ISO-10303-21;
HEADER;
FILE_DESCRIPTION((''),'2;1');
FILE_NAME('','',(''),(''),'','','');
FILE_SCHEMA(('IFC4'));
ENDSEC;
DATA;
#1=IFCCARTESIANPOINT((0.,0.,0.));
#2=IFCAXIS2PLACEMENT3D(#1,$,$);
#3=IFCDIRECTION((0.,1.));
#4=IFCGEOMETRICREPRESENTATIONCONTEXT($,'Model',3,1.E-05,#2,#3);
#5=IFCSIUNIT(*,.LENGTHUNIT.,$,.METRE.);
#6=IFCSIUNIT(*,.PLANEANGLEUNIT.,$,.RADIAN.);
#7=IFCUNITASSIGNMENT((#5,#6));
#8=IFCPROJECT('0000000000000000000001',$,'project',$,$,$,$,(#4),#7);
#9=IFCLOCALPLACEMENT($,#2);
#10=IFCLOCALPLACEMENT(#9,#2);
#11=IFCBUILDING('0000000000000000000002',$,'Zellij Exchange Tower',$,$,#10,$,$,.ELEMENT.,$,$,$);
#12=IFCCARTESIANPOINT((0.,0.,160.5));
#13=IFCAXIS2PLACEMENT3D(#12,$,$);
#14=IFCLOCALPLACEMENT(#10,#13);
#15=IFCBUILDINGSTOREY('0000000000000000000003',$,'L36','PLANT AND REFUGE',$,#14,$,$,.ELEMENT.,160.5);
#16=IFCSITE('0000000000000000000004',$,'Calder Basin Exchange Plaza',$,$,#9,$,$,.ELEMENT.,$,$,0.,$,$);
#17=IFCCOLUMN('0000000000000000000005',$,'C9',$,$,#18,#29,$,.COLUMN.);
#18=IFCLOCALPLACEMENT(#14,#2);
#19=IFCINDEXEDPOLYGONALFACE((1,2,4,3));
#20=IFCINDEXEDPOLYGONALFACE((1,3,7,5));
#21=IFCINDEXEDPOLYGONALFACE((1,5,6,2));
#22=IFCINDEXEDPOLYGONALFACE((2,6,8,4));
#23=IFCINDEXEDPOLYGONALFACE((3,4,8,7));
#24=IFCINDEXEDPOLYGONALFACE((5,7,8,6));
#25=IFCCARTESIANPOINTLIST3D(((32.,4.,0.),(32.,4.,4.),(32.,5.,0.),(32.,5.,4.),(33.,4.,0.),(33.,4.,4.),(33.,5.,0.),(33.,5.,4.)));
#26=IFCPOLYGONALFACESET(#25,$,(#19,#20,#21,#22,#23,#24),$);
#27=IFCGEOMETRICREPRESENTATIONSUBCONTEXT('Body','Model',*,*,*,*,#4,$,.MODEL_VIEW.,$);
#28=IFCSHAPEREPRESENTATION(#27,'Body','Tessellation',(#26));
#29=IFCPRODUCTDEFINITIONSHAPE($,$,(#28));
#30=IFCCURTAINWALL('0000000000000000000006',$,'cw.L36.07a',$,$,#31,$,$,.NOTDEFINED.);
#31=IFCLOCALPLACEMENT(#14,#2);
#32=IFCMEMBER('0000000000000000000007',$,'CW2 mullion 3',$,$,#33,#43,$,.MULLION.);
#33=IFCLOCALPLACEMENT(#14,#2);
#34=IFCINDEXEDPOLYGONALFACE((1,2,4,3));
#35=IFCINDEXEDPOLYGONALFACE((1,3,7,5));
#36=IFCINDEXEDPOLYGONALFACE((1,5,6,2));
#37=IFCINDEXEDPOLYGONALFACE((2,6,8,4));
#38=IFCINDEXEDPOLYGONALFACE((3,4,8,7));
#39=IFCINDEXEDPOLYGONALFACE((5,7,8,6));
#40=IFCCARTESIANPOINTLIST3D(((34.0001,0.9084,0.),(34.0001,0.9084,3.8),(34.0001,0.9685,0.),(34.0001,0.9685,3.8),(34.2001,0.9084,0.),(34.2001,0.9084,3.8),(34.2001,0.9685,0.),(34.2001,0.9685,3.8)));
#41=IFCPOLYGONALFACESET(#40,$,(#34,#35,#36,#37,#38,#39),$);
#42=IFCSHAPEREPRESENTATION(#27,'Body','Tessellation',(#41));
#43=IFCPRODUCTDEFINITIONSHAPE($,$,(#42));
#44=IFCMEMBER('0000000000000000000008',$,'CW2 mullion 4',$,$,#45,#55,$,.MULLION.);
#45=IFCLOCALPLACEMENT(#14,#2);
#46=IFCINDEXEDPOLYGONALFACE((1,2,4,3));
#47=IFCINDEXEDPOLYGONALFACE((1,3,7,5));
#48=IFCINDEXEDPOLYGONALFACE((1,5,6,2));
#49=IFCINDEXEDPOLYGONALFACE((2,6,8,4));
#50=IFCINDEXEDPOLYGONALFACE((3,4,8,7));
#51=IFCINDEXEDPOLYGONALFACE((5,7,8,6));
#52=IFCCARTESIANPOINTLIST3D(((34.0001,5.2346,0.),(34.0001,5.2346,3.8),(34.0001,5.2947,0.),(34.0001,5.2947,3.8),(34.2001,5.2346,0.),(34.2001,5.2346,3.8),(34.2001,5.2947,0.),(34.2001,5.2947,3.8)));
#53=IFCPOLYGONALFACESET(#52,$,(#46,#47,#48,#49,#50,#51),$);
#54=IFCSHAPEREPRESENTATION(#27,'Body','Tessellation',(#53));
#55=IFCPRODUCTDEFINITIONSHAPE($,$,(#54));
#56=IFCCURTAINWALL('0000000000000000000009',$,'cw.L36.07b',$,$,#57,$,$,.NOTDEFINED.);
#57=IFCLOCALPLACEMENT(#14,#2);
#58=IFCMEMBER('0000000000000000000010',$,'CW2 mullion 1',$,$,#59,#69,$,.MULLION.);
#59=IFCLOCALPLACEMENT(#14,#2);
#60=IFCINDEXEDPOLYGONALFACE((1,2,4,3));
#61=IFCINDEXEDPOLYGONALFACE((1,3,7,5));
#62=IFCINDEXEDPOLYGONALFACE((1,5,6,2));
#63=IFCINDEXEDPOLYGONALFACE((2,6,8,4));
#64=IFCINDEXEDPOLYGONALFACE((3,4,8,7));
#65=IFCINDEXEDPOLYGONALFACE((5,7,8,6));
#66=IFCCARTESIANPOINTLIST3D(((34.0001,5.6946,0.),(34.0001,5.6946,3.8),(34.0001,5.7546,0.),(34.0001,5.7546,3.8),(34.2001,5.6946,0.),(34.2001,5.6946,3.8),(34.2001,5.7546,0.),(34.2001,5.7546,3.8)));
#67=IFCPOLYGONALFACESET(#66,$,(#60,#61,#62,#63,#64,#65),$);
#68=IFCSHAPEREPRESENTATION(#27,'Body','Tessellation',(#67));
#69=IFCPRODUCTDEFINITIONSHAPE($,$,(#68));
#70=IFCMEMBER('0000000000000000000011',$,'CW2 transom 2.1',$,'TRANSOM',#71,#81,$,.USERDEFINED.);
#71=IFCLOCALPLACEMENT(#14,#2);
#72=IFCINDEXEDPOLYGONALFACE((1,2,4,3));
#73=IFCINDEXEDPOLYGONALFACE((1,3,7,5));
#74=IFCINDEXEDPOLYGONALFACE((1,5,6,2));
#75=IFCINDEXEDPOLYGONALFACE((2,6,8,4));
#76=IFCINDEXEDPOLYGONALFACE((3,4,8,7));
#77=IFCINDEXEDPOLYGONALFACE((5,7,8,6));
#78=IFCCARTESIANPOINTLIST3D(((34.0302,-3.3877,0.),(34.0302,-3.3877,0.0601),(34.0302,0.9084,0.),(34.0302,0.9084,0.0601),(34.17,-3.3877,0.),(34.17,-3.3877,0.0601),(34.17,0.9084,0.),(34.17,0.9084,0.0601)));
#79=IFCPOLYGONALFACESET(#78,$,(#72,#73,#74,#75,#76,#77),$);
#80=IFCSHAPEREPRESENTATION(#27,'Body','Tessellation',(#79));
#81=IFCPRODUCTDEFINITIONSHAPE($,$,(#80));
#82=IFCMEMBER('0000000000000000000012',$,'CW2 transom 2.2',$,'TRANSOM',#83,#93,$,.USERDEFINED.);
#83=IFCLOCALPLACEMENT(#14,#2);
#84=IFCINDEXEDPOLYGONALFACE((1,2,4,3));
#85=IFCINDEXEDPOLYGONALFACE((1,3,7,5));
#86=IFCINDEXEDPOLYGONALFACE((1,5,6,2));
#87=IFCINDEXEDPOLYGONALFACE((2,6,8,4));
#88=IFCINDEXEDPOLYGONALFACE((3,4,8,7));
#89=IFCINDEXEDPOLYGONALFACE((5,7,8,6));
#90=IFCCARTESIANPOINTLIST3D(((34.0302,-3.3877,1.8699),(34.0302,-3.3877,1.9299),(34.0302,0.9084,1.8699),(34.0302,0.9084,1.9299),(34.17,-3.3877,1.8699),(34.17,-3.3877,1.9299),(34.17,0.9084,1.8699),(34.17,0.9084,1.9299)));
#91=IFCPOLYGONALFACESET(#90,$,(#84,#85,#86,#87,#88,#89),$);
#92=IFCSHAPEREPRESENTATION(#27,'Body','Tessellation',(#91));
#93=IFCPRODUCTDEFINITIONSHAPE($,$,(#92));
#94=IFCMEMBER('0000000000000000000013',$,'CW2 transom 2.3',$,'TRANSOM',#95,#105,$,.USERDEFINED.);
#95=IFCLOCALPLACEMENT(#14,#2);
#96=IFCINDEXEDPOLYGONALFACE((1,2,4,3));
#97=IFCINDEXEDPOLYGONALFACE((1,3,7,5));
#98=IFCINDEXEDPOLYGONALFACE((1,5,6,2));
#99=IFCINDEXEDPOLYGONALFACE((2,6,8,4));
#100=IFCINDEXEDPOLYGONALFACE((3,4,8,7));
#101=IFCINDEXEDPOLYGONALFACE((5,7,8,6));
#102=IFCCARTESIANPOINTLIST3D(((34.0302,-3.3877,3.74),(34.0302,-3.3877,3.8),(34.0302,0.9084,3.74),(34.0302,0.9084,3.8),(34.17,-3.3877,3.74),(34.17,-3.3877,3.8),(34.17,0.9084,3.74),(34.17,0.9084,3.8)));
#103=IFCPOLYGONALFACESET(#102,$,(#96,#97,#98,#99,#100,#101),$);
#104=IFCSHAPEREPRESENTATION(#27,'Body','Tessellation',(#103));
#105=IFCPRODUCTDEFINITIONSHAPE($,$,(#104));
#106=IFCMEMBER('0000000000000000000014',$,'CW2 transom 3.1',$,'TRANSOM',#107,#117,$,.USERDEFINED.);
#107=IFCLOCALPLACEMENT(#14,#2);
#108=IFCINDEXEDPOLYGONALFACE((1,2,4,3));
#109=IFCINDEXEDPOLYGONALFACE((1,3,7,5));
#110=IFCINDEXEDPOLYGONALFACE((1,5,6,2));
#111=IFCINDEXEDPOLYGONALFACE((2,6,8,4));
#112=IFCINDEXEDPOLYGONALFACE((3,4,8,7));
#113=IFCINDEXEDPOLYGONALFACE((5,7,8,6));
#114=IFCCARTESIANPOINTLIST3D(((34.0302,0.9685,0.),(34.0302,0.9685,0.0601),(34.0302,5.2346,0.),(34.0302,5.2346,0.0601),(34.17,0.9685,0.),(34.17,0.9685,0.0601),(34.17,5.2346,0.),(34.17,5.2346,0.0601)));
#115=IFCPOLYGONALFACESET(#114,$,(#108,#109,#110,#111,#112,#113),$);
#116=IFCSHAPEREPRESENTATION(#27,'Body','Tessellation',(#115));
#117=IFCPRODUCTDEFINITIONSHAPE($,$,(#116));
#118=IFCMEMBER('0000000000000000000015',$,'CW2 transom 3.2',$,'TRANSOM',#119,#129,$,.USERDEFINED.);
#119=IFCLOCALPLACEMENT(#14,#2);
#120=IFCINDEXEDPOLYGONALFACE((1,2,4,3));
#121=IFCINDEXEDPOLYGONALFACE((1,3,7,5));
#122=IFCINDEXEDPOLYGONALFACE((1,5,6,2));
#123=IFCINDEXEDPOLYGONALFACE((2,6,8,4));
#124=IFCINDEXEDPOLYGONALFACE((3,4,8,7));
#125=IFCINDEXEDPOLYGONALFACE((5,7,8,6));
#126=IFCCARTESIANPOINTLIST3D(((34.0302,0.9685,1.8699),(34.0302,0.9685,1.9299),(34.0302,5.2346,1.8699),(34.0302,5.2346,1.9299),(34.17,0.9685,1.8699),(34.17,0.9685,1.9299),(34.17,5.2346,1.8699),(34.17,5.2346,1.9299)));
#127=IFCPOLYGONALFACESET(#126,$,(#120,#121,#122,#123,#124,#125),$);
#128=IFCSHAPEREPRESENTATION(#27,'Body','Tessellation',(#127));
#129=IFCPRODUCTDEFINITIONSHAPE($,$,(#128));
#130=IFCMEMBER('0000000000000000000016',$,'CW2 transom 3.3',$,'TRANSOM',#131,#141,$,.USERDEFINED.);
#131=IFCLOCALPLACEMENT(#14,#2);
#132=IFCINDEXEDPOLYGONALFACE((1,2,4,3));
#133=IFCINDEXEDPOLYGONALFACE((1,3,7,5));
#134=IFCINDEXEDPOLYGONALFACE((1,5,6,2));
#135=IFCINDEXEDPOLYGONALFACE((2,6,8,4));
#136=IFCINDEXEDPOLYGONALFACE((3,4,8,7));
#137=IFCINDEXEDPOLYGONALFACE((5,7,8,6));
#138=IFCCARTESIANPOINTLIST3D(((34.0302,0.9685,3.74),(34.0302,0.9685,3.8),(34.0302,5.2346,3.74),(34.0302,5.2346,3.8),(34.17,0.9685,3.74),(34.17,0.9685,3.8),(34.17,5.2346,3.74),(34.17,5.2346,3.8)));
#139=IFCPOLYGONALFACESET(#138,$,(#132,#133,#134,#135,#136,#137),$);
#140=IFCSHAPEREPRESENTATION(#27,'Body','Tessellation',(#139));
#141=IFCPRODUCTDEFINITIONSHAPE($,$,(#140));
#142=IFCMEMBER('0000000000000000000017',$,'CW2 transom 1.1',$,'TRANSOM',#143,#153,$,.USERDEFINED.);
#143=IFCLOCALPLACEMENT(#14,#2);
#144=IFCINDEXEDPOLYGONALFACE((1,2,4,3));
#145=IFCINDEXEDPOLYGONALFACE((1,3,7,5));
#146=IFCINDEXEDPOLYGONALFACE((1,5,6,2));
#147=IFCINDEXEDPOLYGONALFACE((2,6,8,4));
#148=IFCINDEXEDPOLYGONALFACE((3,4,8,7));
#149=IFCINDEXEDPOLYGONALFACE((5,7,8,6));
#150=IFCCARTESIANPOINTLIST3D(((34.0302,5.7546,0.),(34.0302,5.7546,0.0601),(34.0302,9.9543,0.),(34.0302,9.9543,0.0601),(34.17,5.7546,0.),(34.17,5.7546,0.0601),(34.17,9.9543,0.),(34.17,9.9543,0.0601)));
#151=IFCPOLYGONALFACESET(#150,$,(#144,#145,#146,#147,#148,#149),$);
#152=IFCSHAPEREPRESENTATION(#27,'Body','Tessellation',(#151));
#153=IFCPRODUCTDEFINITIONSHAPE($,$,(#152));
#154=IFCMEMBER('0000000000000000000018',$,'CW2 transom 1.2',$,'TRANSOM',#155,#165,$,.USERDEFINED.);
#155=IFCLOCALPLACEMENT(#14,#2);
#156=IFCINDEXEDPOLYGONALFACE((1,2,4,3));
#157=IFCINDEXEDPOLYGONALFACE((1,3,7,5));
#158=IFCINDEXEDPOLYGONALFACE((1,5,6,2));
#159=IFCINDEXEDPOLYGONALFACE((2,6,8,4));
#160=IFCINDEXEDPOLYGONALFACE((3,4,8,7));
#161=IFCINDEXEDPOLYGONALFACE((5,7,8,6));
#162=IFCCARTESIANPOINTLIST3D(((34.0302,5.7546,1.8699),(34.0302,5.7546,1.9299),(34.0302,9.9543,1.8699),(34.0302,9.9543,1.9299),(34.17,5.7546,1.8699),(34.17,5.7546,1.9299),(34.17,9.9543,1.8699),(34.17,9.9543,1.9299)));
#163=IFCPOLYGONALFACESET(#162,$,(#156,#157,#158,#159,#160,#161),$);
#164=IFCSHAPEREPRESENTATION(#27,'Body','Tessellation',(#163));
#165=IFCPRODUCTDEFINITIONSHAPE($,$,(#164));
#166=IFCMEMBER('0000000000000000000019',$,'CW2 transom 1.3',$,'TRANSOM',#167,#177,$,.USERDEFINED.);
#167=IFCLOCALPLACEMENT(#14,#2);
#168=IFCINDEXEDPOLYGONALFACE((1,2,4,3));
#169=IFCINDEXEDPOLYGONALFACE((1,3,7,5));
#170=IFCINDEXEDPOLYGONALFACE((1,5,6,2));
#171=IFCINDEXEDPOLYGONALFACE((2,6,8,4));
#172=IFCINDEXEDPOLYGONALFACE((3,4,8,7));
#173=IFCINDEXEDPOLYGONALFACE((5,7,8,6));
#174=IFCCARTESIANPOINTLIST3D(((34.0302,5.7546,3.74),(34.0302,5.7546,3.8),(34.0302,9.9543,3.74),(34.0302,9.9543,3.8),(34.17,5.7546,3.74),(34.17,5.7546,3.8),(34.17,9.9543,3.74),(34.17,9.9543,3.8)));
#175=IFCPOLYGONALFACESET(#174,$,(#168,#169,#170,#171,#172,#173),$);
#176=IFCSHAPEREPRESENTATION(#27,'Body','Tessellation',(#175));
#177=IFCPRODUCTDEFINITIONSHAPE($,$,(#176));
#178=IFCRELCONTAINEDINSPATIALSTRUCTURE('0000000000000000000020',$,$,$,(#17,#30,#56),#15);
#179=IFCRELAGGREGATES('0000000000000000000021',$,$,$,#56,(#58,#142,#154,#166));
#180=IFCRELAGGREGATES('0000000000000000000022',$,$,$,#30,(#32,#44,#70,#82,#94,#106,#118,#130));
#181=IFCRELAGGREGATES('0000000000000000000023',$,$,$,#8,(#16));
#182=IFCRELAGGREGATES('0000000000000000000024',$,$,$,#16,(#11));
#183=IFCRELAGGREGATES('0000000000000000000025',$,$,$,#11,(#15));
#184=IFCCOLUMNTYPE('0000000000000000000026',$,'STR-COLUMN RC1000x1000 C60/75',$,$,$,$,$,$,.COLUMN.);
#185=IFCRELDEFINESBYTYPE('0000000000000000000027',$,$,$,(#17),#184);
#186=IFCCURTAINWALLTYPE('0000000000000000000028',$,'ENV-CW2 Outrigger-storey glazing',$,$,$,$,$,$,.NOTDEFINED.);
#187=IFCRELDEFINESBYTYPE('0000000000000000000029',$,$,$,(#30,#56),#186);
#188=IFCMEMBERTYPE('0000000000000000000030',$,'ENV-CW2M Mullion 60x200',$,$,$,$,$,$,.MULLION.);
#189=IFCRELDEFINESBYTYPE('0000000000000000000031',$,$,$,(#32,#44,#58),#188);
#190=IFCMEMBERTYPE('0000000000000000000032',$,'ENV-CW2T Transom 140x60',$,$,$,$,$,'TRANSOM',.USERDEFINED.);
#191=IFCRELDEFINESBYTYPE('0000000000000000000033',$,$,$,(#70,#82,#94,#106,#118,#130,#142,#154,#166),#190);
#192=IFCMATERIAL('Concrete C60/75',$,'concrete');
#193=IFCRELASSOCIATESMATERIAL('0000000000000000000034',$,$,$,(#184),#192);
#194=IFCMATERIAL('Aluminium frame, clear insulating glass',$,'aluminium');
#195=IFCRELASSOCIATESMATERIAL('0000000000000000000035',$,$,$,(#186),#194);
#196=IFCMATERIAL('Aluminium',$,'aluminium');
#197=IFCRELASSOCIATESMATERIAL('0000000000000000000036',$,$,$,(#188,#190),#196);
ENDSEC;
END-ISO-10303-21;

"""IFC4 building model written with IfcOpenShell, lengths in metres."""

from ifc_helpers import new_model, si_unit, direction, frame, origin, origin_2d, place, context, subcontext, project, spatial, rectangle, extrude, material, material_profile, profile_set, type_object, element, aggregate, save


model = new_model("IFC4")

# Units and contexts
model_context = context("Model", 3, precision=1e-05, world=origin(), true_north=direction((0.0, 1.0)))
body_context = subcontext(model_context, "Body", "Model", "MODEL_VIEW")
ifc_project = project(units=[si_unit("LENGTHUNIT", "METRE"), si_unit("PLANEANGLEUNIT", "RADIAN")], contexts=[model_context])

# Site, building, storey
site_placement = place(None, origin())
site = spatial("IfcSite", under=ifc_project, at=site_placement, Name="Calder Basin Exchange Plaza", CompositionType="ELEMENT", RefElevation=0.0)
building_placement = place(site_placement, origin())
building = spatial("IfcBuilding", under=site, at=building_placement, Name="Zellij Exchange Tower", CompositionType="ELEMENT")
storey_placement = place(building_placement, frame((0.0, 0.0, 160.5)))
storey = spatial("IfcBuildingStorey", under=building, at=storey_placement, Name="L36", Description="PLANT AND REFUGE", CompositionType="ELEMENT", Elevation=160.5)

# Column
ifc_material_1 = material(Name="Concrete C60/75", Category="concrete")
ifc_material_profile_1 = material_profile(ifc_material_1, rectangle(XDim=1.0, YDim=1.0, at=origin_2d()), Name="STR-COLUMN RC1000x1000 C60/75")
ifc_profile_set_1 = profile_set([ifc_material_profile_1], Name="Concrete C60/75")
column_type = type_object("IfcColumnType", Name="STR-COLUMN RC1000x1000 C60/75", PredefinedType="COLUMN", material=ifc_profile_set_1)
column_placement = place(storey_placement, frame((32.5, 4.5, 0.0), z_axis=(0.0, 0.0, 1.0), x_axis=(1.0, 0.0, 0.0)))
element("IfcColumn", 1, at=column_placement, inside=storey, type_object=column_type, Name="C9", PredefinedType="COLUMN", context=body_context, shape_type="SweptSolid", body=[
    extrude(rectangle(XDim=1.0, YDim=1.0, at=origin_2d()), origin(), (0.0, 0.0, 1.0), 4.0),
])

# Curtain wall, members
ifc_material_2 = material(Name="Aluminium frame, clear insulating glass", Category="aluminium")
curtain_wall_type = type_object("IfcCurtainWallType", Name="ENV-CW2 Outrigger-storey glazing", PredefinedType="NOTDEFINED", material=ifc_material_2)
curtain_wall_1_placement = place(storey_placement, origin())
curtain_wall_1 = element("IfcCurtainWall", 2, at=curtain_wall_1_placement, inside=storey, type_object=curtain_wall_type, Name="cw.L36.07a", PredefinedType="NOTDEFINED")
ifc_material_3 = material(Name="Aluminium", Category="aluminium")
ifc_material_profile_2 = material_profile(ifc_material_3, rectangle(XDim=0.0601, YDim=0.2, at=origin_2d()), Name="AL 60x200")
ifc_profile_set_2 = profile_set([ifc_material_profile_2], Name="Aluminium")
member_type_1 = type_object("IfcMemberType", Name="ENV-CW2M Mullion 60x200", PredefinedType="MULLION", material=ifc_profile_set_2)
member_1_placement = place(storey_placement, frame((34.1001, 0.9385, 0.0), z_axis=(0.0, 0.0, 1.0), x_axis=(0.0, 1.0, 0.0)))
member_1 = element("IfcMember", 3, at=member_1_placement, type_object=member_type_1, Name="CW2 mullion 3", PredefinedType="MULLION", context=body_context, shape_type="SweptSolid", body=[
    extrude(rectangle(XDim=0.0601, YDim=0.2, at=origin_2d()), origin(), (0.0, 0.0, 1.0), 3.8),
])
member_2_placement = place(storey_placement, frame((34.1001, 5.2646, 0.0), z_axis=(0.0, 0.0, 1.0), x_axis=(0.0, 1.0, 0.0)))
member_2 = element("IfcMember", 4, at=member_2_placement, type_object=member_type_1, Name="CW2 mullion 4", PredefinedType="MULLION", context=body_context, shape_type="SweptSolid", body=[
    extrude(rectangle(XDim=0.0601, YDim=0.2, at=origin_2d()), origin(), (0.0, 0.0, 1.0), 3.8),
])

# Curtain wall, member
curtain_wall_2_placement = place(storey_placement, origin())
curtain_wall_2 = element("IfcCurtainWall", 5, at=curtain_wall_2_placement, inside=storey, type_object=curtain_wall_type, Name="cw.L36.07b", PredefinedType="NOTDEFINED")
member_3_placement = place(storey_placement, frame((34.1001, 5.7246, 0.0), z_axis=(0.0, 0.0, 1.0), x_axis=(0.0, 1.0, 0.0)))
member_3 = element("IfcMember", 6, at=member_3_placement, type_object=member_type_1, Name="CW2 mullion 1", PredefinedType="MULLION", context=body_context, shape_type="SweptSolid", body=[
    extrude(rectangle(XDim=0.0601, YDim=0.2, at=origin_2d()), origin(), (0.0, 0.0, 1.0), 3.8),
])

# Members
ifc_material_profile_3 = material_profile(ifc_material_3, rectangle(XDim=0.1399, YDim=0.0601, at=origin_2d()), Name="AL 140x60")
ifc_profile_set_3 = profile_set([ifc_material_profile_3], Name="Aluminium")
member_type_2 = type_object("IfcMemberType", Name="ENV-CW2T Transom 140x60", ElementType="TRANSOM", PredefinedType="USERDEFINED", material=ifc_profile_set_3)
member_4_placement = place(storey_placement, frame((34.1001, -3.3877, 0.03), z_axis=(0.0, 1.0, 0.0), x_axis=(-1.0, 0.0, 0.0)))
member_4 = element("IfcMember", 7, at=member_4_placement, type_object=member_type_2, Name="CW2 transom 2.1", ObjectType="TRANSOM", PredefinedType="USERDEFINED", context=body_context, shape_type="SweptSolid", body=[
    extrude(rectangle(XDim=0.1399, YDim=0.0601, at=origin_2d()), origin(), (0.0, 0.0, 1.0), 4.2961),
])
member_5_placement = place(storey_placement, frame((34.1001, -3.3877, 1.8999), z_axis=(0.0, 1.0, 0.0), x_axis=(-1.0, 0.0, 0.0)))
member_5 = element("IfcMember", 8, at=member_5_placement, type_object=member_type_2, Name="CW2 transom 2.2", ObjectType="TRANSOM", PredefinedType="USERDEFINED", context=body_context, shape_type="SweptSolid", body=[
    extrude(rectangle(XDim=0.1399, YDim=0.0601, at=origin_2d()), origin(), (0.0, 0.0, 1.0), 4.2961),
])
member_6_placement = place(storey_placement, frame((34.1001, -3.3877, 3.77), z_axis=(0.0, 1.0, 0.0), x_axis=(-1.0, 0.0, 0.0)))
member_6 = element("IfcMember", 9, at=member_6_placement, type_object=member_type_2, Name="CW2 transom 2.3", ObjectType="TRANSOM", PredefinedType="USERDEFINED", context=body_context, shape_type="SweptSolid", body=[
    extrude(rectangle(XDim=0.1399, YDim=0.0601, at=origin_2d()), origin(), (0.0, 0.0, 1.0), 4.2961),
])
member_7_placement = place(storey_placement, frame((34.1001, 0.9685, 0.03), z_axis=(0.0, 1.0, 0.0), x_axis=(-1.0, 0.0, 0.0)))
member_7 = element("IfcMember", 10, at=member_7_placement, type_object=member_type_2, Name="CW2 transom 3.1", ObjectType="TRANSOM", PredefinedType="USERDEFINED", context=body_context, shape_type="SweptSolid", body=[
    extrude(rectangle(XDim=0.1399, YDim=0.0601, at=origin_2d()), origin(), (0.0, 0.0, 1.0), 4.2661),
])
member_8_placement = place(storey_placement, frame((34.1001, 0.9685, 1.8999), z_axis=(0.0, 1.0, 0.0), x_axis=(-1.0, 0.0, 0.0)))
member_8 = element("IfcMember", 11, at=member_8_placement, type_object=member_type_2, Name="CW2 transom 3.2", ObjectType="TRANSOM", PredefinedType="USERDEFINED", context=body_context, shape_type="SweptSolid", body=[
    extrude(rectangle(XDim=0.1399, YDim=0.0601, at=origin_2d()), origin(), (0.0, 0.0, 1.0), 4.2661),
])
member_9_placement = place(storey_placement, frame((34.1001, 0.9685, 3.77), z_axis=(0.0, 1.0, 0.0), x_axis=(-1.0, 0.0, 0.0)))
member_9 = element("IfcMember", 12, at=member_9_placement, type_object=member_type_2, Name="CW2 transom 3.3", ObjectType="TRANSOM", PredefinedType="USERDEFINED", context=body_context, shape_type="SweptSolid", body=[
    extrude(rectangle(XDim=0.1399, YDim=0.0601, at=origin_2d()), origin(), (0.0, 0.0, 1.0), 4.2661),
])
member_10_placement = place(storey_placement, frame((34.1001, 5.7546, 0.03), z_axis=(0.0, 1.0, 0.0), x_axis=(-1.0, 0.0, 0.0)))
member_10 = element("IfcMember", 13, at=member_10_placement, type_object=member_type_2, Name="CW2 transom 1.1", ObjectType="TRANSOM", PredefinedType="USERDEFINED", context=body_context, shape_type="SweptSolid", body=[
    extrude(rectangle(XDim=0.1399, YDim=0.0601, at=origin_2d()), origin(), (0.0, 0.0, 1.0), 4.1997),
])
member_11_placement = place(storey_placement, frame((34.1001, 5.7546, 1.8999), z_axis=(0.0, 1.0, 0.0), x_axis=(-1.0, 0.0, 0.0)))
member_11 = element("IfcMember", 14, at=member_11_placement, type_object=member_type_2, Name="CW2 transom 1.2", ObjectType="TRANSOM", PredefinedType="USERDEFINED", context=body_context, shape_type="SweptSolid", body=[
    extrude(rectangle(XDim=0.1399, YDim=0.0601, at=origin_2d()), origin(), (0.0, 0.0, 1.0), 4.1997),
])
member_12_placement = place(storey_placement, frame((34.1001, 5.7546, 3.77), z_axis=(0.0, 1.0, 0.0), x_axis=(-1.0, 0.0, 0.0)))
member_12 = element("IfcMember", 15, at=member_12_placement, type_object=member_type_2, Name="CW2 transom 1.3", ObjectType="TRANSOM", PredefinedType="USERDEFINED", context=body_context, shape_type="SweptSolid", body=[
    extrude(rectangle(XDim=0.1399, YDim=0.0601, at=origin_2d()), origin(), (0.0, 0.0, 1.0), 4.1997),
])

aggregate(curtain_wall_2, [member_3, member_10, member_11, member_12])
aggregate(curtain_wall_1, [member_1, member_2, member_4, member_5, member_6, member_7, member_8, member_9])

save(model, "model.ifc")
